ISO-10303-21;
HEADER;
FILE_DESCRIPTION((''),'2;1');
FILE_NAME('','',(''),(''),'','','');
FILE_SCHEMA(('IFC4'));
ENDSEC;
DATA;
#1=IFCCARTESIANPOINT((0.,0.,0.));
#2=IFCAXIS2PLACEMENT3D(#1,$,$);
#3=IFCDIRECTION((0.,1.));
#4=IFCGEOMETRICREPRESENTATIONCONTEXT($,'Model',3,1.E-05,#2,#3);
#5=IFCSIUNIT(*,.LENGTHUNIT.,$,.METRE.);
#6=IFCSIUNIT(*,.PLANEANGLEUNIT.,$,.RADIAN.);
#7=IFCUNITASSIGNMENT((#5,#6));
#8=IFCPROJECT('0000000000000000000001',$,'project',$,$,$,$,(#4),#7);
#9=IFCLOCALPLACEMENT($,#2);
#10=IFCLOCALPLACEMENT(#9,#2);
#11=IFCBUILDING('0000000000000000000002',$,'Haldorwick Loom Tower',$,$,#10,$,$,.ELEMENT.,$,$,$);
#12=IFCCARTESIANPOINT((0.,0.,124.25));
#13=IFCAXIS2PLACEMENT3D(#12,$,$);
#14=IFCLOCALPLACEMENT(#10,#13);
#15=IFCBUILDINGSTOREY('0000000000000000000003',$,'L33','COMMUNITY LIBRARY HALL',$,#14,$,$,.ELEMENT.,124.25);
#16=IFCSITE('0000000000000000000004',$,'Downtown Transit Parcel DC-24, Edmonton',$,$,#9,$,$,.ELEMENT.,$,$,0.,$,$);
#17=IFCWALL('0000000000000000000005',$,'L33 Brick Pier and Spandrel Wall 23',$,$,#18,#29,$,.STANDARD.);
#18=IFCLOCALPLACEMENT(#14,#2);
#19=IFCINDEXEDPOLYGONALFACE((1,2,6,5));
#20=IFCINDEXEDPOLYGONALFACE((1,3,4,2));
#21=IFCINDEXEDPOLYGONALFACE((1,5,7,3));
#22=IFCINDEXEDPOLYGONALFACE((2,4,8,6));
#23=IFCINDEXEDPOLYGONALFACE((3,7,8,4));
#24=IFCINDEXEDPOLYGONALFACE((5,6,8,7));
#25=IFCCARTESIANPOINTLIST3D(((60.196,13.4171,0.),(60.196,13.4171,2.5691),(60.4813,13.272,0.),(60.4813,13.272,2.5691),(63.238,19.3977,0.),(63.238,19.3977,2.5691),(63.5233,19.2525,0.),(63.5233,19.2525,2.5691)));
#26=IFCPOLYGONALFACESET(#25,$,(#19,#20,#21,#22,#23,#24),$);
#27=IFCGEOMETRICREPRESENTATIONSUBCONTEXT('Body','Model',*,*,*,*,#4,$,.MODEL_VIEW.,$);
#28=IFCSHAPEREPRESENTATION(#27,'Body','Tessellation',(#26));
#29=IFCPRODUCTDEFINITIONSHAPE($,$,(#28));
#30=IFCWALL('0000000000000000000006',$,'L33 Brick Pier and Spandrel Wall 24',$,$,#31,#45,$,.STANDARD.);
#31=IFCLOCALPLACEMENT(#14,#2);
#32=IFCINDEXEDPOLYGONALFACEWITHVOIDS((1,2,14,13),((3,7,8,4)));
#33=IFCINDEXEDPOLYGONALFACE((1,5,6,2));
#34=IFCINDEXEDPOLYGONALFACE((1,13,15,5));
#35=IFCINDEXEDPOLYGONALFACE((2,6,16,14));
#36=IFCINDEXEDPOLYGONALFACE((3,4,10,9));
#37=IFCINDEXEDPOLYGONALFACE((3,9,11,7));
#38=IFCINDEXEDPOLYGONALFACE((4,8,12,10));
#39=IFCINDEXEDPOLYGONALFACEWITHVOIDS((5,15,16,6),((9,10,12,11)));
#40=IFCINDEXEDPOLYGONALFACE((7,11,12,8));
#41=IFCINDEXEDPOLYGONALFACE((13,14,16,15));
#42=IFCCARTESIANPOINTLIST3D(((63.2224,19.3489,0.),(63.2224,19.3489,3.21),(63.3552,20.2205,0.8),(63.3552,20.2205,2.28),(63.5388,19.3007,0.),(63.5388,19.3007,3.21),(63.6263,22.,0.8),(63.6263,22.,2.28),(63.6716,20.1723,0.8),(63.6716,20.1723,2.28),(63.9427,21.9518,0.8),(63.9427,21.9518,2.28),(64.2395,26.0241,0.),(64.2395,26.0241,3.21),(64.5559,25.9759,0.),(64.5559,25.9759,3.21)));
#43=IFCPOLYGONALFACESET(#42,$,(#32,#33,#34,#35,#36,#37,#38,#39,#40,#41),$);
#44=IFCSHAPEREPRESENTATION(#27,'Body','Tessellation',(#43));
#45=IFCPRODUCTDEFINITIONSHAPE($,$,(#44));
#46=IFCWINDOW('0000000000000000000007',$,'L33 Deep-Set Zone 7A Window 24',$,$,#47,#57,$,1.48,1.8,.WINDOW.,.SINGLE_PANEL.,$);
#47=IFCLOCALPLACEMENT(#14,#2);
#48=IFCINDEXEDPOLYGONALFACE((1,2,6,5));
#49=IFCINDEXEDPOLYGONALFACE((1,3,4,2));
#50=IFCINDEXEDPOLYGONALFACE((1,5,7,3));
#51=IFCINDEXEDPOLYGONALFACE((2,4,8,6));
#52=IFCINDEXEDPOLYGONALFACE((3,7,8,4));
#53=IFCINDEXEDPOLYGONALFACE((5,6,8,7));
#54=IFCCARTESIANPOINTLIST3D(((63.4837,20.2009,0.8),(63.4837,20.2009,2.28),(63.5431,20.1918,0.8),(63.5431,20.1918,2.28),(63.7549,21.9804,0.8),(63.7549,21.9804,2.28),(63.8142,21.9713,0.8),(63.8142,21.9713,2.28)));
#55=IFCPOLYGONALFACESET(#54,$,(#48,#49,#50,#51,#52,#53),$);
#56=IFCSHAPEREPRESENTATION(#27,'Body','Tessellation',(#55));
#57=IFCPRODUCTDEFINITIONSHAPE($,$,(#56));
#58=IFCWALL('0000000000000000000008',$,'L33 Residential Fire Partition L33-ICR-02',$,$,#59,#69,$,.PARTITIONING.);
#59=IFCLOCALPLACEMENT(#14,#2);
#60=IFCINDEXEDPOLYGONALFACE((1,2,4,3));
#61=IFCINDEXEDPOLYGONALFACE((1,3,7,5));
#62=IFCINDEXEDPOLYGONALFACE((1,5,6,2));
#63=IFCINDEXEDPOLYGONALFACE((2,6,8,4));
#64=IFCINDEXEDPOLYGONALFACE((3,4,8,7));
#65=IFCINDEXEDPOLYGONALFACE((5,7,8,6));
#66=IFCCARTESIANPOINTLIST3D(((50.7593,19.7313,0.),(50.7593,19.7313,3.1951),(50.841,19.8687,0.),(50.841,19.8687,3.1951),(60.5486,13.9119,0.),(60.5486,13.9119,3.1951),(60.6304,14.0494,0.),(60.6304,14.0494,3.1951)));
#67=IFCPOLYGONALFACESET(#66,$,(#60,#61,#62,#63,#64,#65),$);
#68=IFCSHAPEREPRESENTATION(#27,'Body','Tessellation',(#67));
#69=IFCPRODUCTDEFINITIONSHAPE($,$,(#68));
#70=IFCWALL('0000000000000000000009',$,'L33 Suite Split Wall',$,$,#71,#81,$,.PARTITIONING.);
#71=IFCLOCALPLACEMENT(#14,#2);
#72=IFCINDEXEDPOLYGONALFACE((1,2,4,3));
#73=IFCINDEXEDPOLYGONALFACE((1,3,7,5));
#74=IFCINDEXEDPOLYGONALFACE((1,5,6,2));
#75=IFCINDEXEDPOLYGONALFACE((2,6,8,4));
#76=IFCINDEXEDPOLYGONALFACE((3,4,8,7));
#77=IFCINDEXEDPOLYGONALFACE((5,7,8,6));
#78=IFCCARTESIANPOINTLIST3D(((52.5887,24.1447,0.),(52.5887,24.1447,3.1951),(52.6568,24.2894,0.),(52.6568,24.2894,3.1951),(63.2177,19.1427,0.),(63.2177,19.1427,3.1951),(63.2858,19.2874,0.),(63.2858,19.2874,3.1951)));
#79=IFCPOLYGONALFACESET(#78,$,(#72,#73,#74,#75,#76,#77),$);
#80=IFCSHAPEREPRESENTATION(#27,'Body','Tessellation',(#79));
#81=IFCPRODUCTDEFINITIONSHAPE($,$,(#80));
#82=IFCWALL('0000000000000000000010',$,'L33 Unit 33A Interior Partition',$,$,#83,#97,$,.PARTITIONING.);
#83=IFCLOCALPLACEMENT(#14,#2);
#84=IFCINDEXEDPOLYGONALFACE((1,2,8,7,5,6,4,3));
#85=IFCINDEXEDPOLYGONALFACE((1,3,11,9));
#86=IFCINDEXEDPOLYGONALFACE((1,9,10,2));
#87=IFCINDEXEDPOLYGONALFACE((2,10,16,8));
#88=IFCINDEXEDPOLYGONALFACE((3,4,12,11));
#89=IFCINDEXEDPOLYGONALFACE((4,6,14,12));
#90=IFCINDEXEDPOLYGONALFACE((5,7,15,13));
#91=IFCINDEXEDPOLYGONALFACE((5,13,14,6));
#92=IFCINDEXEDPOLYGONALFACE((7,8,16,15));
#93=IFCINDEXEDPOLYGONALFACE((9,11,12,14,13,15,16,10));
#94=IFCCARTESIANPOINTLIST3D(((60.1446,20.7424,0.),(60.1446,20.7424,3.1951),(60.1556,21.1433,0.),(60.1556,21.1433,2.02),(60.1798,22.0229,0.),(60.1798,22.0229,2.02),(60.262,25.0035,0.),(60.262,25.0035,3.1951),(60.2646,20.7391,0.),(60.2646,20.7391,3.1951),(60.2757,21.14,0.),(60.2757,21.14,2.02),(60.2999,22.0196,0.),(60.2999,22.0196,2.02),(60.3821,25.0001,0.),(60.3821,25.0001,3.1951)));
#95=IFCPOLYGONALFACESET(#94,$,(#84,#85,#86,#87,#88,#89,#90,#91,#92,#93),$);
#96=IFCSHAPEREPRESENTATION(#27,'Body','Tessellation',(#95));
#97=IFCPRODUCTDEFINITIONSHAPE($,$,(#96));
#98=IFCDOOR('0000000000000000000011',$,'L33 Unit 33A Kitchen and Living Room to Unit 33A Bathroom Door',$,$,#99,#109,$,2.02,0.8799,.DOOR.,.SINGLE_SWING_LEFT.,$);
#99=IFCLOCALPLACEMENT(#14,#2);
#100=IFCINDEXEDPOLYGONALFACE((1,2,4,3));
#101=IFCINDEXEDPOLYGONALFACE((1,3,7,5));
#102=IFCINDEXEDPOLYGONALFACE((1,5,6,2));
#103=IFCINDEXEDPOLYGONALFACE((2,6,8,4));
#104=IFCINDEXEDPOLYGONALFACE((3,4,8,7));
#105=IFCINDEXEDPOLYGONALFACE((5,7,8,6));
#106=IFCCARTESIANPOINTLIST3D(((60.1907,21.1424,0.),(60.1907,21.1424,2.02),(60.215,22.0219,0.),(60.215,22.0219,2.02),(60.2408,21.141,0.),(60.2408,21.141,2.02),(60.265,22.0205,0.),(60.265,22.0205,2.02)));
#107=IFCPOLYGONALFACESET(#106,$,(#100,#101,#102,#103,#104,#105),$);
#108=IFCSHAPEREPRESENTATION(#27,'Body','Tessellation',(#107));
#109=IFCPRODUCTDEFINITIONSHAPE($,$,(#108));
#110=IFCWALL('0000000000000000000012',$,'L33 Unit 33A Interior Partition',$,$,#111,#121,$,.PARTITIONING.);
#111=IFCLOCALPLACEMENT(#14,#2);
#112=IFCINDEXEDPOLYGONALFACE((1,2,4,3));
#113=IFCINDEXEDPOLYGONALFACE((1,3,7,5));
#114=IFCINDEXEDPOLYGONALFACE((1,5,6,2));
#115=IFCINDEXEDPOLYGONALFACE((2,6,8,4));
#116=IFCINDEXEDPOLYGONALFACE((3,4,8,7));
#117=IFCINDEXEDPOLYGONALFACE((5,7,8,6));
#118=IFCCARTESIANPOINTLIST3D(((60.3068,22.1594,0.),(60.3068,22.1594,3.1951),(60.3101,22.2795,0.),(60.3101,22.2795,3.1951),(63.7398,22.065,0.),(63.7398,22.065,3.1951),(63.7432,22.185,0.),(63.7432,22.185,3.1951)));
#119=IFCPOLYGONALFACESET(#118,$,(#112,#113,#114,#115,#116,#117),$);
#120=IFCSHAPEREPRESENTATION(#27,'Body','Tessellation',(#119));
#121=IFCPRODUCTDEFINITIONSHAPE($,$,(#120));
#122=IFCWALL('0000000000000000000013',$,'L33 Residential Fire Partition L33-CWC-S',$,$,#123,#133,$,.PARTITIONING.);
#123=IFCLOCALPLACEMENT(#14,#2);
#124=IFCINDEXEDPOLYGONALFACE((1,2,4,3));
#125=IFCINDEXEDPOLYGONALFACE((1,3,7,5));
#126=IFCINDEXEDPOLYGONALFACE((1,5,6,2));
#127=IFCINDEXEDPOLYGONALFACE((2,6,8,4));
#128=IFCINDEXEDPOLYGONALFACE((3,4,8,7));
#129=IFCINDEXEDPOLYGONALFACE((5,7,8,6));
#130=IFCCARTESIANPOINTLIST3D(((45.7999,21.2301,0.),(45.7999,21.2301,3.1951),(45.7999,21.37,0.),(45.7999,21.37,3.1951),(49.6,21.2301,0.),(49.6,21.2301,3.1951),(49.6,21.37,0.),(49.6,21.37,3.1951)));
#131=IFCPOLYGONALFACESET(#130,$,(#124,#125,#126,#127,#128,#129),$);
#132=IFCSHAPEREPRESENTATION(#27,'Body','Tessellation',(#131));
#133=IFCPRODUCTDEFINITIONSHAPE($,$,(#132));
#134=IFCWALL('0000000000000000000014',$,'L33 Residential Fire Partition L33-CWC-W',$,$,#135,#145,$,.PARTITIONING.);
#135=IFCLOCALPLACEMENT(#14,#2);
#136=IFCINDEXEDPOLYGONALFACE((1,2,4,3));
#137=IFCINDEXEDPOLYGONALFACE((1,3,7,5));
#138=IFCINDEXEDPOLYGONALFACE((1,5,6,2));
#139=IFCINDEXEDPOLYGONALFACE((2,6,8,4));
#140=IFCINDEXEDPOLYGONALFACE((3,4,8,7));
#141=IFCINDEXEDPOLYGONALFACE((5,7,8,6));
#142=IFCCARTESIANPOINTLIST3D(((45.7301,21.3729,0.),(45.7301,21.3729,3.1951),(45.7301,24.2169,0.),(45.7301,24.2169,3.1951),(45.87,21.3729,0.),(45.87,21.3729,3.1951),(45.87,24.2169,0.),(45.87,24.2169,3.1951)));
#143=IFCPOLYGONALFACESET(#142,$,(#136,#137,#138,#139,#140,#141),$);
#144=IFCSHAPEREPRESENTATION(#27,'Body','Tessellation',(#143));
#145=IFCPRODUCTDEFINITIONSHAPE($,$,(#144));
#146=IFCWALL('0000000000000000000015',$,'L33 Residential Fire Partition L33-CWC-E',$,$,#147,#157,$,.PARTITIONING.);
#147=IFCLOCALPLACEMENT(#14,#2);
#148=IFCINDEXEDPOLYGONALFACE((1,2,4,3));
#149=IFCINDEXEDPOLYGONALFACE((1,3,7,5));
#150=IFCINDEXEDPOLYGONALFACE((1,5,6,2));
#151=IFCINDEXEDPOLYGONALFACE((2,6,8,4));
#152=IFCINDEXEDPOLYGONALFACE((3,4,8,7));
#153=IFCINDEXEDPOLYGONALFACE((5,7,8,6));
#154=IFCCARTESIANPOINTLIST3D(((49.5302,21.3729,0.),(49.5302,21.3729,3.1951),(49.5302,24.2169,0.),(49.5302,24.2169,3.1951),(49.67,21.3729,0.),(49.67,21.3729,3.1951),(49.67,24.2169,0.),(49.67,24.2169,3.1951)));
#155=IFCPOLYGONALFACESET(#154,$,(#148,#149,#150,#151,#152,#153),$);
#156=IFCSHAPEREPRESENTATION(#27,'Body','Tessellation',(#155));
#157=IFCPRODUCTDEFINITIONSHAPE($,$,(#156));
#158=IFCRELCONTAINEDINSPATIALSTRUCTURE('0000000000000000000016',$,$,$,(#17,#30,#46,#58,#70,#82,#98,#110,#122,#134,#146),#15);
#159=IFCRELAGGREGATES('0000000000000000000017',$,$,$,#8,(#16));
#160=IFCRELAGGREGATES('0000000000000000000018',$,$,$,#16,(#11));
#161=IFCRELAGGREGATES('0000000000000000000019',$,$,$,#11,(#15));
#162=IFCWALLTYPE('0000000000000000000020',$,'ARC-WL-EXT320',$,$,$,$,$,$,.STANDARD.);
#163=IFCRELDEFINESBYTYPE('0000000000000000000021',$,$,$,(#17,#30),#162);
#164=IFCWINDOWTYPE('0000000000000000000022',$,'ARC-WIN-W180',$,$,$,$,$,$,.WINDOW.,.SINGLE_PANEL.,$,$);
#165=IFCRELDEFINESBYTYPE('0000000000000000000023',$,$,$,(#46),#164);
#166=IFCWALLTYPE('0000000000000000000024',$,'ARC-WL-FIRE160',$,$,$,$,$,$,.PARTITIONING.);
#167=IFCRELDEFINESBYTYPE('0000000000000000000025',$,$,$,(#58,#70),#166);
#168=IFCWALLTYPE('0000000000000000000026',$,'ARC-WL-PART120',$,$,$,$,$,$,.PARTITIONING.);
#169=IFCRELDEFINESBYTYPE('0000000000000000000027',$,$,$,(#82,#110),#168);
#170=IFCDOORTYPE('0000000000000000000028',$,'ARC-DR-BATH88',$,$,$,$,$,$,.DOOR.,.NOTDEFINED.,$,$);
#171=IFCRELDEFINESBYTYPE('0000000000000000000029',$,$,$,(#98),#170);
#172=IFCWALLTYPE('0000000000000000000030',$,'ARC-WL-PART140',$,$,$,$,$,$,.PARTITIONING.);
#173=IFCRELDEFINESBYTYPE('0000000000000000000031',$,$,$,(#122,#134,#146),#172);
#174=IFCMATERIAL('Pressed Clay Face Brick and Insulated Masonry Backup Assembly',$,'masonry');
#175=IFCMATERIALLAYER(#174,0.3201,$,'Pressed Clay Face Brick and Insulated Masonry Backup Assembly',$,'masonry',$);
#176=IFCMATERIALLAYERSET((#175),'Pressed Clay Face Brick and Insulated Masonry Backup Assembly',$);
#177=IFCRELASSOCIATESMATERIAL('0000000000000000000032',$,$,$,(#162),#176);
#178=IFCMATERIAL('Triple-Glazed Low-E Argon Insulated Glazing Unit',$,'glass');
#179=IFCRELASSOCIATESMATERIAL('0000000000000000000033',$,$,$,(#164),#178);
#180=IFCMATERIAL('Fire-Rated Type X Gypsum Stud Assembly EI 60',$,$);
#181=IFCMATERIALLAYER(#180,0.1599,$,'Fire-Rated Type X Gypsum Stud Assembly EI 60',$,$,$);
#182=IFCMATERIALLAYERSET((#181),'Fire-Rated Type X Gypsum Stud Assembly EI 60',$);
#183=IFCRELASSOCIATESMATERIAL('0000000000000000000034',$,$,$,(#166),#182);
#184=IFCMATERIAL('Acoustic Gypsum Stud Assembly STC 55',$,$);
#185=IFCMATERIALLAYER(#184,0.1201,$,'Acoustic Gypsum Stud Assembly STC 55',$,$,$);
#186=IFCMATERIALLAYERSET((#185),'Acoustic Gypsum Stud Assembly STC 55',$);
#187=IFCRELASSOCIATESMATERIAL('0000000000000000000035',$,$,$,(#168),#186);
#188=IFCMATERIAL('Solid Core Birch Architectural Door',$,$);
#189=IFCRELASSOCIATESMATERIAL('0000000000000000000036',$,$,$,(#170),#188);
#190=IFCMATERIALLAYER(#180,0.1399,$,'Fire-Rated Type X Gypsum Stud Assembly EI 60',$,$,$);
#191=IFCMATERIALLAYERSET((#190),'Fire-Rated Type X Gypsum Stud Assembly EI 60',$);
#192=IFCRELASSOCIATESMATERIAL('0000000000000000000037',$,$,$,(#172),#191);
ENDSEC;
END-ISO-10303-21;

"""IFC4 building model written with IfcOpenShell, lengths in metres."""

from ifc_helpers import new_model, si_unit, direction, frame, frame_2d, origin, place, context, subcontext, project, spatial, rectangle, extrude, material, layer, layer_set, type_object, element, fill, save


model = new_model("IFC4")

# Units and contexts
model_context = context("Model", 3, precision=1e-05, world=origin(), true_north=direction((0.0, 1.0)))
body_context = subcontext(model_context, "Body", "Model", "MODEL_VIEW")
ifc_project = project(units=[si_unit("LENGTHUNIT", "METRE"), si_unit("PLANEANGLEUNIT", "RADIAN")], contexts=[model_context])

# Site, building, storey
site_placement = place(None, origin())
site = spatial("IfcSite", under=ifc_project, at=site_placement, Name="Downtown Transit Parcel DC-24, Edmonton", CompositionType="ELEMENT", RefElevation=0.0)
building_placement = place(site_placement, origin())
building = spatial("IfcBuilding", under=site, at=building_placement, Name="Haldorwick Loom Tower", CompositionType="ELEMENT")
storey_placement = place(building_placement, frame((0.0, 0.0, 124.25)))
storey = spatial("IfcBuildingStorey", under=building, at=storey_placement, Name="L33", Description="COMMUNITY LIBRARY HALL", CompositionType="ELEMENT", Elevation=124.25)

# Shared definitions
ifc_material_1 = material(Name="Pressed Clay Face Brick and Insulated Masonry Backup Assembly", Category="masonry")
ifc_layer_1 = layer(ifc_material_1, 0.3201, Name="Pressed Clay Face Brick and Insulated Masonry Backup Assembly", Category="masonry")
ifc_layer_set_1 = layer_set([ifc_layer_1], Name="Pressed Clay Face Brick and Insulated Masonry Backup Assembly")
wall_type_1 = type_object("IfcWallType", Name="ARC-WL-EXT320", PredefinedType="STANDARD", material=ifc_layer_set_1)
ifc_material_2 = material(Name="Triple-Glazed Low-E Argon Insulated Glazing Unit", Category="glass")
window_type = type_object("IfcWindowType", Name="ARC-WIN-W180", PartitioningType="SINGLE_PANEL", PredefinedType="WINDOW", material=ifc_material_2)

# Wall
wall_1_placement = place(storey_placement, frame((60.3386, 13.3445, 0.0), z_axis=(0.0, 0.0, 1.0), x_axis=(0.453374, 0.89132, 0.0)))
element("IfcWall", 1, at=wall_1_placement, inside=storey, type_object=wall_type_1, Name="L33 Brick Pier and Spandrel Wall 23", PredefinedType="STANDARD", context=body_context, shape_type="SweptSolid", body=[
    extrude(rectangle(XDim=6.7097, YDim=0.3201, at=frame_2d((3.355, 0.0))), origin(), (0.0, 0.0, 1.0), 2.5691),
])

# Wall, opening, window
wall_2_placement = place(storey_placement, frame((63.3806, 19.325, 0.0), z_axis=(0.0, 0.0, 1.0), x_axis=(0.150633, 0.98859, 0.0)))
wall_2 = element("IfcWall", 2, at=wall_2_placement, inside=storey, type_object=wall_type_1, Name="L33 Brick Pier and Spandrel Wall 24", PredefinedType="STANDARD", context=body_context, shape_type="SweptSolid", body=[
    extrude(rectangle(XDim=6.7522, YDim=0.3201, at=frame_2d((3.376, 0.0))), origin(), (0.0, 0.0, 1.0), 3.21),
])
opening_1_placement = place(wall_2_placement, frame((0.8816, 0.0, 0.8)))
opening_1 = element("IfcOpeningElement", 3, at=opening_1_placement, cuts=wall_2, PredefinedType="OPENING", context=body_context, shape_type="SweptSolid", body=[
    extrude(rectangle(XDim=1.8, YDim=1.48, at=frame_2d((0.8999, 0.74))), frame((0.0, 0.1699, 0.0), z_axis=(0.0, -1.0, 0.0), x_axis=(1.0, 0.0, 0.0)), (0.0, 0.0, 1.0), 0.3401),
])
window_1_placement = place(opening_1_placement, origin())
window_1 = element("IfcWindow", 4, at=window_1_placement, inside=storey, type_object=window_type, Name="L33 Deep-Set Zone 7A Window 24", OverallHeight=1.48, OverallWidth=1.8, PartitioningType="SINGLE_PANEL", PredefinedType="WINDOW", context=body_context, shape_type="SweptSolid", body=[
    extrude(rectangle(XDim=1.8, YDim=1.48, at=frame_2d((0.8999, 0.74))), frame((0.0, 0.03, 0.0), z_axis=(0.0, -1.0, 0.0), x_axis=(1.0, 0.0, 0.0)), (0.0, 0.0, 1.0), 0.0601),
])
fill(opening_1, window_1)

# Walls
ifc_material_3 = material(Name="Fire-Rated Type X Gypsum Stud Assembly EI 60")
ifc_layer_2 = layer(ifc_material_3, 0.1599, Name="Fire-Rated Type X Gypsum Stud Assembly EI 60")
ifc_layer_set_2 = layer_set([ifc_layer_2], Name="Fire-Rated Type X Gypsum Stud Assembly EI 60")
wall_type_2 = type_object("IfcWallType", Name="ARC-WL-FIRE160", PredefinedType="PARTITIONING", material=ifc_layer_set_2)
wall_3_placement = place(storey_placement, frame((50.8, 19.8, 0.0), z_axis=(0.0, 0.0, 1.0), x_axis=(0.859587, -0.510989, 0.0)))
element("IfcWall", 5, at=wall_3_placement, inside=storey, type_object=wall_type_2, Name="L33 Residential Fire Partition L33-ICR-02", PredefinedType="PARTITIONING", context=body_context, shape_type="SweptSolid", body=[
    extrude(rectangle(XDim=11.3884, YDim=0.1599, at=frame_2d((5.6943, 0.0))), origin(), (0.0, 0.0, 1.0), 3.1951),
])
wall_4_placement = place(storey_placement, frame((63.2517, 19.2151, 0.0), z_axis=(0.0, 0.0, 1.0), x_axis=(-0.904815, 0.425805, 0.0)))
element("IfcWall", 6, at=wall_4_placement, inside=storey, type_object=wall_type_2, Name="L33 Suite Split Wall", PredefinedType="PARTITIONING", context=body_context, shape_type="SweptSolid", body=[
    extrude(rectangle(XDim=11.7471, YDim=0.1599, at=frame_2d((5.8735, 0.0))), origin(), (0.0, 0.0, 1.0), 3.1951),
])

# Wall, opening, door
ifc_material_4 = material(Name="Acoustic Gypsum Stud Assembly STC 55")
ifc_layer_3 = layer(ifc_material_4, 0.1201, Name="Acoustic Gypsum Stud Assembly STC 55")
ifc_layer_set_3 = layer_set([ifc_layer_3], Name="Acoustic Gypsum Stud Assembly STC 55")
wall_type_3 = type_object("IfcWallType", Name="ARC-WL-PART120", PredefinedType="PARTITIONING", material=ifc_layer_set_3)
wall_5_placement = place(storey_placement, frame((60.2046, 20.7407, 0.0), z_axis=(0.0, 0.0, 1.0), x_axis=(0.027549, 0.99962, 0.0)))
wall_5 = element("IfcWall", 7, at=wall_5_placement, inside=storey, type_object=wall_type_3, Name="L33 Unit 33A Interior Partition", PredefinedType="PARTITIONING", context=body_context, shape_type="SweptSolid", body=[
    extrude(rectangle(XDim=4.2627, YDim=0.1201, at=frame_2d((2.1313, 0.0))), origin(), (0.0, 0.0, 1.0), 3.1951),
])
opening_2_placement = place(wall_5_placement, frame((0.4011, 0.0, 0.0)))
opening_2 = element("IfcOpeningElement", 8, at=opening_2_placement, cuts=wall_5, PredefinedType="OPENING", context=body_context, shape_type="SweptSolid", body=[
    extrude(rectangle(XDim=0.8799, YDim=2.02, at=frame_2d((0.4399, 1.01))), frame((0.0, 0.0701, 0.0), z_axis=(0.0, -1.0, 0.0), x_axis=(1.0, 0.0, 0.0)), (0.0, 0.0, 1.0), 0.1401),
])
ifc_material_5 = material(Name="Solid Core Birch Architectural Door")
door_type_1 = type_object("IfcDoorType", Name="ARC-DR-BATH88", OperationType="NOTDEFINED", PredefinedType="DOOR", material=ifc_material_5)
door_1_placement = place(opening_2_placement, origin())
door_1 = element("IfcDoor", 9, at=door_1_placement, inside=storey, type_object=door_type_1, Name="L33 Unit 33A Kitchen and Living Room to Unit 33A Bathroom Door", OperationType="SINGLE_SWING_LEFT", OverallHeight=2.02, OverallWidth=0.8799, PredefinedType="DOOR", context=body_context, shape_type="SweptSolid", body=[
    extrude(rectangle(XDim=0.8799, YDim=2.02, at=frame_2d((0.4399, 1.01))), frame((0.0, 0.0249, 0.0), z_axis=(0.0, -1.0, 0.0), x_axis=(1.0, 0.0, 0.0)), (0.0, 0.0, 1.0), 0.05),
])
fill(opening_2, door_1)

# Walls
wall_6_placement = place(storey_placement, frame((60.3083, 22.2195, 0.0), z_axis=(0.0, 0.0, 1.0), x_axis=(0.999622, -0.027511, 0.0)))
element("IfcWall", 10, at=wall_6_placement, inside=storey, type_object=wall_type_3, Name="L33 Unit 33A Interior Partition", PredefinedType="PARTITIONING", context=body_context, shape_type="SweptSolid", body=[
    extrude(rectangle(XDim=3.4343, YDim=0.1201, at=frame_2d((1.7173, 0.0))), origin(), (0.0, 0.0, 1.0), 3.1951),
])
ifc_layer_4 = layer(ifc_material_3, 0.1399, Name="Fire-Rated Type X Gypsum Stud Assembly EI 60")
ifc_layer_set_4 = layer_set([ifc_layer_4], Name="Fire-Rated Type X Gypsum Stud Assembly EI 60")
wall_type_4 = type_object("IfcWallType", Name="ARC-WL-PART140", PredefinedType="PARTITIONING", material=ifc_layer_set_4)
wall_7_placement = place(storey_placement, frame((45.8, 21.3, 0.0), z_axis=(0.0, 0.0, 1.0), x_axis=(1.0, 0.0, 0.0)))
element("IfcWall", 11, at=wall_7_placement, inside=storey, type_object=wall_type_4, Name="L33 Residential Fire Partition L33-CWC-S", PredefinedType="PARTITIONING", context=body_context, shape_type="SweptSolid", body=[
    extrude(rectangle(XDim=3.8, YDim=0.1399, at=frame_2d((1.8999, 0.0))), origin(), (0.0, 0.0, 1.0), 3.1951),
])
for number, where, z_axis, x_axis, name in (
    (12, (45.8, 21.373, 0.0), (0.0, 0.0, 1.0), (0.0, 1.0, 0.0), "L33 Residential Fire Partition L33-CWC-W"),
    (13, (49.6001, 21.373, 0.0), (0.0, 0.0, 1.0), (0.0, 1.0, 0.0), "L33 Residential Fire Partition L33-CWC-E"),
):
    element("IfcWall", number, at=place(storey_placement, frame(where, z_axis=z_axis, x_axis=x_axis)), inside=storey, type_object=wall_type_4, Name=name, PredefinedType="PARTITIONING", context=body_context, shape_type="SweptSolid", body=[
        extrude(rectangle(XDim=2.844, YDim=0.1399, at=frame_2d((1.4219, 0.0))), origin(), (0.0, 0.0, 1.0), 3.1951),
    ])

save(model, "model.ifc")
